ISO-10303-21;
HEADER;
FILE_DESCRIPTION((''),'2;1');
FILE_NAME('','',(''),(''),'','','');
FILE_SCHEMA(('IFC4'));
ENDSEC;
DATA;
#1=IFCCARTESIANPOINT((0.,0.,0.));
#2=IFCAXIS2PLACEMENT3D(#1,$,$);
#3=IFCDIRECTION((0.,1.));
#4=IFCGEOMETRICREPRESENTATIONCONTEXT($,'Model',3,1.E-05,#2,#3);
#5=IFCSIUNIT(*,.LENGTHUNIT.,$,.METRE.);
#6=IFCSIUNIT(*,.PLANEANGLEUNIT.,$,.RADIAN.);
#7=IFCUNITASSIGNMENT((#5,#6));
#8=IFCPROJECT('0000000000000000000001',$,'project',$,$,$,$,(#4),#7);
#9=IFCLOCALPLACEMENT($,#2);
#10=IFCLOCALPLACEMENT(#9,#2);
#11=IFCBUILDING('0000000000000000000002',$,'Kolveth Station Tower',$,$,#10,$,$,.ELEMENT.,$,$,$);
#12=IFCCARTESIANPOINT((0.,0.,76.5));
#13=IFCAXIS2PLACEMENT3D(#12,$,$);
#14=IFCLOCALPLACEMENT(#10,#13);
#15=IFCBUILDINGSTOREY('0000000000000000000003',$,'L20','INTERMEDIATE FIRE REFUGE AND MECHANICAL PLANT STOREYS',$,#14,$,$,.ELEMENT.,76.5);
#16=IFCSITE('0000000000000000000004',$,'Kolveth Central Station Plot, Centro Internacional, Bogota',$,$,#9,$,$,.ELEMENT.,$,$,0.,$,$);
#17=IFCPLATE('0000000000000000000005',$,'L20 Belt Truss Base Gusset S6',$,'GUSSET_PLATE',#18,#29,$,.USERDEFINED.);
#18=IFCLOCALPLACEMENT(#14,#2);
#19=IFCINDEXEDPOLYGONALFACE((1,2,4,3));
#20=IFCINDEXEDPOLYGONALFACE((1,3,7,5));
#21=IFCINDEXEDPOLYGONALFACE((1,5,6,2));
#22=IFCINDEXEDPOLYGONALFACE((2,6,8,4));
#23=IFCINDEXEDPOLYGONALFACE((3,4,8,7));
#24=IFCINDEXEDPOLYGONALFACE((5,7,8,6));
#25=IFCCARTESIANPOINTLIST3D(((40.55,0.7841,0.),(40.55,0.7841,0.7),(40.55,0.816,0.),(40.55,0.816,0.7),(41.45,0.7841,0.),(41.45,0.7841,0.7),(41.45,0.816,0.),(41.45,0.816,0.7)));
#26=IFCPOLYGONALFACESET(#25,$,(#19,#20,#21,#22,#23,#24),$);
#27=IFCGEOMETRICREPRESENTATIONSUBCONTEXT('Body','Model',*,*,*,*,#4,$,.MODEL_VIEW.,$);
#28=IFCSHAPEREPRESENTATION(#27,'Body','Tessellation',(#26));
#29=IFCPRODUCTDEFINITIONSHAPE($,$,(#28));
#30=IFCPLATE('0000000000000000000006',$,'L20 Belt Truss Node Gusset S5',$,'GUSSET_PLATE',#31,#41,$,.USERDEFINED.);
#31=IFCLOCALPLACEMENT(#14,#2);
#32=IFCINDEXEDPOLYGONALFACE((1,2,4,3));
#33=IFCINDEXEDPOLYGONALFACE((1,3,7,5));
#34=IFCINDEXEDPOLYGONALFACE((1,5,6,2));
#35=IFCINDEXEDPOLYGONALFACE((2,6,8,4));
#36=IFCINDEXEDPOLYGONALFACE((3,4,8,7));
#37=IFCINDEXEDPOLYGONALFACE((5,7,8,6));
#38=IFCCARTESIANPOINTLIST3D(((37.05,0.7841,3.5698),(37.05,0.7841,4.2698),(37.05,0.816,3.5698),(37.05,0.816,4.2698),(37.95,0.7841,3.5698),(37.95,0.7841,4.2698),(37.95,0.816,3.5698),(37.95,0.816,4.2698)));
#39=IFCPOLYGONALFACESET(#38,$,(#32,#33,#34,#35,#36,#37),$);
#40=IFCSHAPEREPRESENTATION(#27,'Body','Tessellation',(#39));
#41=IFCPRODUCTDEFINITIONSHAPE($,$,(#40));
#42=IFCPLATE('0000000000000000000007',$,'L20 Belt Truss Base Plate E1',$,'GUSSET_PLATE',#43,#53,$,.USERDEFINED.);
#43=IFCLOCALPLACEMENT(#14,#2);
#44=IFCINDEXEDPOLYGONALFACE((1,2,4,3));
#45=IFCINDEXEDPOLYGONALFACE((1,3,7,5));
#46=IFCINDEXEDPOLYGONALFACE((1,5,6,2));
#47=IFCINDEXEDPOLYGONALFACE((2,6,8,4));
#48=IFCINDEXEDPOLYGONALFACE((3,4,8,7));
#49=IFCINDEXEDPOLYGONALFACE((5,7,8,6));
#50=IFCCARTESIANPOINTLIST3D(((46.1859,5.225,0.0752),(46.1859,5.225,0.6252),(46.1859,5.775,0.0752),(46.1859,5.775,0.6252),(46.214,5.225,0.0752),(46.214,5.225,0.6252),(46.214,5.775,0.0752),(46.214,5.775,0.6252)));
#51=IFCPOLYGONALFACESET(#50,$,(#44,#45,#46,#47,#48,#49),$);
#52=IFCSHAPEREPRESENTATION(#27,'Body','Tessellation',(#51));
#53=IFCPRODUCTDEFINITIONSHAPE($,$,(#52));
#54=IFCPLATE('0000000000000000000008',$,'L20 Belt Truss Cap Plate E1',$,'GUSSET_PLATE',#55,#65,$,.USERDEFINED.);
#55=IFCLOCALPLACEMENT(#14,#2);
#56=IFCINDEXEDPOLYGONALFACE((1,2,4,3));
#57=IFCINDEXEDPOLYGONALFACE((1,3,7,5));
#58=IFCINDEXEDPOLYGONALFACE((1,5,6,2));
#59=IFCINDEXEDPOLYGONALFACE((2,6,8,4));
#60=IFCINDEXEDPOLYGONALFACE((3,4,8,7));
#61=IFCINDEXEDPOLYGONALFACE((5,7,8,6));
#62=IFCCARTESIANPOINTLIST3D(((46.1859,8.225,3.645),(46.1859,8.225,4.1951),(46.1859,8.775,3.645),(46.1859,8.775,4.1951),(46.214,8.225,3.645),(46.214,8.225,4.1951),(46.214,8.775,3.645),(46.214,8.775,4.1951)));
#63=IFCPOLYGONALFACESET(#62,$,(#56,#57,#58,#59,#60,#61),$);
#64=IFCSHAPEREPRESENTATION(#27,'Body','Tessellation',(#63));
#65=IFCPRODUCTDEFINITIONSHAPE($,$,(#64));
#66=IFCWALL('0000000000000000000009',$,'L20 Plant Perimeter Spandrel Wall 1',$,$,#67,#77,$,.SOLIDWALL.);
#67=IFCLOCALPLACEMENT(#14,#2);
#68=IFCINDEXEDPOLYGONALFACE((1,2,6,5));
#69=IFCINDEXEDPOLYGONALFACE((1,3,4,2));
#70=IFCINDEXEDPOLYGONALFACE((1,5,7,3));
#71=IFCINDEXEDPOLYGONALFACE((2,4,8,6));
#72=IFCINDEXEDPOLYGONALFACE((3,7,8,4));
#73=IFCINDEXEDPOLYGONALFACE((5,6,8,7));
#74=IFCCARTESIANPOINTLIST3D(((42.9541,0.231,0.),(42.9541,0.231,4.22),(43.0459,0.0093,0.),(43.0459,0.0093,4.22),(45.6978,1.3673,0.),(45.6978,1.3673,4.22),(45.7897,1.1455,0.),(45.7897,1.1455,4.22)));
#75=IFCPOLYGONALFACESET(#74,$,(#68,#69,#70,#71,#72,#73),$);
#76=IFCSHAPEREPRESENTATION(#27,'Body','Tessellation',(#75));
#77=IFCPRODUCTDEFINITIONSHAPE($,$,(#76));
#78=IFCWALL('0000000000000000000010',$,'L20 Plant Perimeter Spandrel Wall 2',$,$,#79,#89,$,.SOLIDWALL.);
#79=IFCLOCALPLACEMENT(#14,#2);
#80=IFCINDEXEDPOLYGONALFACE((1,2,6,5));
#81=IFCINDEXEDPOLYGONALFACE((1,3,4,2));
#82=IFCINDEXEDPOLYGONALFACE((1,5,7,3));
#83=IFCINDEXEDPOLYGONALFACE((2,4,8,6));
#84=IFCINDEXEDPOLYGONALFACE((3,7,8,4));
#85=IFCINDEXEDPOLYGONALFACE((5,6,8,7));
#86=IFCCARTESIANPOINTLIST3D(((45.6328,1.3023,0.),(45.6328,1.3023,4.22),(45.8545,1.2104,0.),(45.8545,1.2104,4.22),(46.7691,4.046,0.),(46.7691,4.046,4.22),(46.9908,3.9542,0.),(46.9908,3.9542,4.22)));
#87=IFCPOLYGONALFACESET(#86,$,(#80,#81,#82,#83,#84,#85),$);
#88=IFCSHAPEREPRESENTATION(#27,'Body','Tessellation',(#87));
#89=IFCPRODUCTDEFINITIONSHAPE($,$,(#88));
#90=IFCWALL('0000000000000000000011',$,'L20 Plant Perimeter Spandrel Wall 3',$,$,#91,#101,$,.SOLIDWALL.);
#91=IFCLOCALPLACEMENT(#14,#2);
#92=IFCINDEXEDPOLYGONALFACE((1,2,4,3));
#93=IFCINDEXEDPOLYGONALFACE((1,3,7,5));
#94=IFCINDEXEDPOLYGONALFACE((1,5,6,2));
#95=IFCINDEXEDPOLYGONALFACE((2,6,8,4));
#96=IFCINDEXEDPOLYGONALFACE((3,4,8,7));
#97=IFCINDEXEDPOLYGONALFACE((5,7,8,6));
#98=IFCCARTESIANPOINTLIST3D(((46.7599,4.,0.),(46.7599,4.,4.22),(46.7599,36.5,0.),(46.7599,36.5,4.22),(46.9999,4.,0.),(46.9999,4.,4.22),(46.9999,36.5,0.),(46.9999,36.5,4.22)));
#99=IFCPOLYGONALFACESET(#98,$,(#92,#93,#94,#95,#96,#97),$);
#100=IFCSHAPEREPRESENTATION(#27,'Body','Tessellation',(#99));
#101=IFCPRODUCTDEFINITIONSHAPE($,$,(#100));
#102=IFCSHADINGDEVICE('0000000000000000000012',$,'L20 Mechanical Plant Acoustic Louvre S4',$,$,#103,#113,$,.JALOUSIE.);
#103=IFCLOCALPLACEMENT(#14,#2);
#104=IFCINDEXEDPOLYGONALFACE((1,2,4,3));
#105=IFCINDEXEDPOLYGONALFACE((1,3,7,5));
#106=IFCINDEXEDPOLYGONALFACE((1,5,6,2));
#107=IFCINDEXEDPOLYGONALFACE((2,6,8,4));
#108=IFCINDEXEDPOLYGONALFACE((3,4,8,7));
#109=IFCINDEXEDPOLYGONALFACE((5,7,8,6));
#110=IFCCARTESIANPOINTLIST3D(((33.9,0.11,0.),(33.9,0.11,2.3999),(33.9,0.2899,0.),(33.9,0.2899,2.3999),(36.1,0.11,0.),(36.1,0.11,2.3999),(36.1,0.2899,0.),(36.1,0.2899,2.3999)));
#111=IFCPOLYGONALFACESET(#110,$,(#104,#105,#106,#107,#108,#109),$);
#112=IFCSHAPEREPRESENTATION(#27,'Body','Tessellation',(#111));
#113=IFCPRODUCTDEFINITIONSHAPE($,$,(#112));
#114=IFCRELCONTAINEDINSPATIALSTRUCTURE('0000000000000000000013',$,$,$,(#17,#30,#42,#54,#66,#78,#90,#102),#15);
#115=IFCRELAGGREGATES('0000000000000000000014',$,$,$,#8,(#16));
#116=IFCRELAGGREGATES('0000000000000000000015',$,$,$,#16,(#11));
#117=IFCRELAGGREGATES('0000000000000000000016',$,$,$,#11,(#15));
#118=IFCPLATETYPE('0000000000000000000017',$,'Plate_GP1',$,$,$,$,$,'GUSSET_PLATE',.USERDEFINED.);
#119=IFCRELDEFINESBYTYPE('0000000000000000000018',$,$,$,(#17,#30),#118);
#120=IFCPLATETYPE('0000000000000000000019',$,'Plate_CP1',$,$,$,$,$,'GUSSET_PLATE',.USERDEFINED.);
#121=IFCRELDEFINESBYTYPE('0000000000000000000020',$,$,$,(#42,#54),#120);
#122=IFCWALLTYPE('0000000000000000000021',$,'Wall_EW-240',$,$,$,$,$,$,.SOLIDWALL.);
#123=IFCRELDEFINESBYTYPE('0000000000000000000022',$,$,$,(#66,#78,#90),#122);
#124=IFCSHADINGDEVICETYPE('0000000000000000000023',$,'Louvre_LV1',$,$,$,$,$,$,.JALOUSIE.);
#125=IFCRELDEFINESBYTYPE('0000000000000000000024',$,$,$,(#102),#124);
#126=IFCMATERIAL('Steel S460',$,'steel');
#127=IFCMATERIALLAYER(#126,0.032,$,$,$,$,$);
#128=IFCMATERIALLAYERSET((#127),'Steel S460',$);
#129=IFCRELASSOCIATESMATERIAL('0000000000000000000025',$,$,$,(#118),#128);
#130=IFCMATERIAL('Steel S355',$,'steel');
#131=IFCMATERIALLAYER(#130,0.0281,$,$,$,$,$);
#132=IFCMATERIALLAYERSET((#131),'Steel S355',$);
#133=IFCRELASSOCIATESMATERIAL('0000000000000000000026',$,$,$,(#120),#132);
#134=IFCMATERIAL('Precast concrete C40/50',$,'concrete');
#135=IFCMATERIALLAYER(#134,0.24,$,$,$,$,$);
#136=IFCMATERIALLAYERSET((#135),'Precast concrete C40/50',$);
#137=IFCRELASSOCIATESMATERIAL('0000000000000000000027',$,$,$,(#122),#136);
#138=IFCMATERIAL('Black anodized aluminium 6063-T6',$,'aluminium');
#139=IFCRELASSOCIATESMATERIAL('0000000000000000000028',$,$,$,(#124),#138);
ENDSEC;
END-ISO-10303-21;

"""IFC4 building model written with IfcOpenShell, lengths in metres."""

from ifc_helpers import new_model, si_unit, direction, frame, frame_2d, origin, origin_2d, place, context, subcontext, project, spatial, rectangle, extrude, source, transform, mapped, material, layer, layer_set, type_object, element, save


model = new_model("IFC4")

# Units and contexts
model_context = context("Model", 3, precision=1e-05, world=origin(), true_north=direction((0.0, 1.0)))
body_context = subcontext(model_context, "Body", "Model", "MODEL_VIEW")
ifc_project = project(units=[si_unit("LENGTHUNIT", "METRE"), si_unit("PLANEANGLEUNIT", "RADIAN")], contexts=[model_context])

# Site, building, storey
site_placement = place(None, origin())
site = spatial("IfcSite", under=ifc_project, at=site_placement, Name="Kolveth Central Station Plot, Centro Internacional, Bogota", CompositionType="ELEMENT", RefElevation=0.0)
building_placement = place(site_placement, origin())
building = spatial("IfcBuilding", under=site, at=building_placement, Name="Kolveth Station Tower", CompositionType="ELEMENT")
storey_placement = place(building_placement, frame((0.0, 0.0, 76.5)))
storey = spatial("IfcBuildingStorey", under=building, at=storey_placement, Name="L20", Description="INTERMEDIATE FIRE REFUGE AND MECHANICAL PLANT STOREYS", CompositionType="ELEMENT", Elevation=76.5)

# Shared definitions
ifc_material_1 = material(Name="Steel S460", Category="steel")
ifc_material_2 = material(Name="Steel S355", Category="steel")

# Plates
ifc_layer_1 = layer(ifc_material_1, 0.032)
ifc_layer_set_1 = layer_set([ifc_layer_1], Name="Steel S460")
plate_type_1 = type_object("IfcPlateType", Name="Plate_GP1", ElementType="GUSSET_PLATE", PredefinedType="USERDEFINED", material=ifc_layer_set_1)
shared_shape_1 = source(origin(), body_context, "Body", "SweptSolid", [
    extrude(rectangle(XDim=0.8999, YDim=0.032, at=origin_2d()), origin(), (0.0, 0.0, 1.0), 0.7),
])
for number, where, z_axis, x_axis, name in (
    (1, (41.0, 0.8, 0.0), (0.0, 0.0, 1.0), (1.0, 0.0, 0.0), "L20 Belt Truss Base Gusset S6"),
    (2, (37.5, 0.8, 3.5698), (0.0, 0.0, 1.0), (1.0, 0.0, 0.0), "L20 Belt Truss Node Gusset S5"),
):
    element("IfcPlate", number, at=place(storey_placement, frame(where, z_axis=z_axis, x_axis=x_axis)), inside=storey, type_object=plate_type_1, Name=name, ObjectType="GUSSET_PLATE", PredefinedType="USERDEFINED", context=body_context, shape_type="MappedRepresentation", body=[
        mapped(shared_shape_1, transform((0.0, 0.0, 0.0), x_axis=(1.0, 0.0, 0.0), y_axis=(0.0, 1.0, 0.0), z_axis=(0.0, 0.0, 1.0), scale=1.0)),
    ])
ifc_layer_2 = layer(ifc_material_2, 0.0281)
ifc_layer_set_2 = layer_set([ifc_layer_2], Name="Steel S355")
plate_type_2 = type_object("IfcPlateType", Name="Plate_CP1", ElementType="GUSSET_PLATE", PredefinedType="USERDEFINED", material=ifc_layer_set_2)
shared_shape_2 = source(origin(), body_context, "Body", "SweptSolid", [
    extrude(rectangle(XDim=0.0281, YDim=0.55, at=origin_2d()), origin(), (0.0, 0.0, 1.0), 0.55),
])
for number, where, z_axis, x_axis, name in (
    (3, (46.2, 5.5, 0.0752), (0.0, 0.0, 1.0), (1.0, 0.0, 0.0), "L20 Belt Truss Base Plate E1"),
    (4, (46.2, 8.5, 3.645), (0.0, 0.0, 1.0), (1.0, 0.0, 0.0), "L20 Belt Truss Cap Plate E1"),
):
    element("IfcPlate", number, at=place(storey_placement, frame(where, z_axis=z_axis, x_axis=x_axis)), inside=storey, type_object=plate_type_2, Name=name, ObjectType="GUSSET_PLATE", PredefinedType="USERDEFINED", context=body_context, shape_type="MappedRepresentation", body=[
        mapped(shared_shape_2, transform((0.0, 0.0, 0.0), x_axis=(1.0, 0.0, 0.0), y_axis=(0.0, 1.0, 0.0), z_axis=(0.0, 0.0, 1.0), scale=1.0)),
    ])

# Walls
ifc_material_3 = material(Name="Precast concrete C40/50", Category="concrete")
ifc_layer_3 = layer(ifc_material_3, 0.24)
ifc_layer_set_3 = layer_set([ifc_layer_3], Name="Precast concrete C40/50")
wall_type = type_object("IfcWallType", Name="Wall_EW-240", PredefinedType="SOLIDWALL", material=ifc_layer_set_3)
for number, where, z_axis, x_axis, name in (
    (5, (43.0, 0.1201, 0.0), (0.0, 0.0, 1.0), (0.923907, 0.382618, 0.0), "L20 Plant Perimeter Spandrel Wall 1"),
    (6, (45.7437, 1.2563, 0.0), (0.0, 0.0, 1.0), (0.382618, 0.923907, 0.0), "L20 Plant Perimeter Spandrel Wall 2"),
):
    element("IfcWall", number, at=place(storey_placement, frame(where, z_axis=z_axis, x_axis=x_axis)), inside=storey, type_object=wall_type, Name=name, PredefinedType="SOLIDWALL", context=body_context, shape_type="SweptSolid", body=[
        extrude(rectangle(XDim=2.9697, YDim=0.24, at=frame_2d((1.4849, 0.0))), origin(), (0.0, 0.0, 1.0), 4.22),
    ])
wall_placement = place(storey_placement, frame((46.8799, 4.0, 0.0), z_axis=(0.0, 0.0, 1.0), x_axis=(0.0, 1.0, 0.0)))
element("IfcWall", 7, at=wall_placement, inside=storey, type_object=wall_type, Name="L20 Plant Perimeter Spandrel Wall 3", PredefinedType="SOLIDWALL", context=body_context, shape_type="SweptSolid", body=[
    extrude(rectangle(XDim=32.5, YDim=0.24, at=frame_2d((16.25, 0.0))), origin(), (0.0, 0.0, 1.0), 4.22),
])

# Shading device
ifc_material_4 = material(Name="Black anodized aluminium 6063-T6", Category="aluminium")
shading_device_type = type_object("IfcShadingDeviceType", Name="Louvre_LV1", PredefinedType="JALOUSIE", material=ifc_material_4)
shared_shape_3 = source(origin(), body_context, "Body", "SweptSolid", [
    extrude(rectangle(XDim=2.2, YDim=0.1799, at=origin_2d()), origin(), (0.0, 0.0, 1.0), 2.3999),
])
shading_device_placement = place(storey_placement, frame((35.0, 0.2, 0.0), z_axis=(0.0, 0.0, 1.0), x_axis=(1.0, 0.0, 0.0)))
element("IfcShadingDevice", 8, at=shading_device_placement, inside=storey, type_object=shading_device_type, Name="L20 Mechanical Plant Acoustic Louvre S4", PredefinedType="JALOUSIE", context=body_context, shape_type="MappedRepresentation", body=[
    mapped(shared_shape_3, transform((0.0, 0.0, 0.0), x_axis=(1.0, 0.0, 0.0), y_axis=(0.0, 1.0, 0.0), z_axis=(0.0, 0.0, 1.0), scale=1.0)),
])

save(model, "model.ifc")
